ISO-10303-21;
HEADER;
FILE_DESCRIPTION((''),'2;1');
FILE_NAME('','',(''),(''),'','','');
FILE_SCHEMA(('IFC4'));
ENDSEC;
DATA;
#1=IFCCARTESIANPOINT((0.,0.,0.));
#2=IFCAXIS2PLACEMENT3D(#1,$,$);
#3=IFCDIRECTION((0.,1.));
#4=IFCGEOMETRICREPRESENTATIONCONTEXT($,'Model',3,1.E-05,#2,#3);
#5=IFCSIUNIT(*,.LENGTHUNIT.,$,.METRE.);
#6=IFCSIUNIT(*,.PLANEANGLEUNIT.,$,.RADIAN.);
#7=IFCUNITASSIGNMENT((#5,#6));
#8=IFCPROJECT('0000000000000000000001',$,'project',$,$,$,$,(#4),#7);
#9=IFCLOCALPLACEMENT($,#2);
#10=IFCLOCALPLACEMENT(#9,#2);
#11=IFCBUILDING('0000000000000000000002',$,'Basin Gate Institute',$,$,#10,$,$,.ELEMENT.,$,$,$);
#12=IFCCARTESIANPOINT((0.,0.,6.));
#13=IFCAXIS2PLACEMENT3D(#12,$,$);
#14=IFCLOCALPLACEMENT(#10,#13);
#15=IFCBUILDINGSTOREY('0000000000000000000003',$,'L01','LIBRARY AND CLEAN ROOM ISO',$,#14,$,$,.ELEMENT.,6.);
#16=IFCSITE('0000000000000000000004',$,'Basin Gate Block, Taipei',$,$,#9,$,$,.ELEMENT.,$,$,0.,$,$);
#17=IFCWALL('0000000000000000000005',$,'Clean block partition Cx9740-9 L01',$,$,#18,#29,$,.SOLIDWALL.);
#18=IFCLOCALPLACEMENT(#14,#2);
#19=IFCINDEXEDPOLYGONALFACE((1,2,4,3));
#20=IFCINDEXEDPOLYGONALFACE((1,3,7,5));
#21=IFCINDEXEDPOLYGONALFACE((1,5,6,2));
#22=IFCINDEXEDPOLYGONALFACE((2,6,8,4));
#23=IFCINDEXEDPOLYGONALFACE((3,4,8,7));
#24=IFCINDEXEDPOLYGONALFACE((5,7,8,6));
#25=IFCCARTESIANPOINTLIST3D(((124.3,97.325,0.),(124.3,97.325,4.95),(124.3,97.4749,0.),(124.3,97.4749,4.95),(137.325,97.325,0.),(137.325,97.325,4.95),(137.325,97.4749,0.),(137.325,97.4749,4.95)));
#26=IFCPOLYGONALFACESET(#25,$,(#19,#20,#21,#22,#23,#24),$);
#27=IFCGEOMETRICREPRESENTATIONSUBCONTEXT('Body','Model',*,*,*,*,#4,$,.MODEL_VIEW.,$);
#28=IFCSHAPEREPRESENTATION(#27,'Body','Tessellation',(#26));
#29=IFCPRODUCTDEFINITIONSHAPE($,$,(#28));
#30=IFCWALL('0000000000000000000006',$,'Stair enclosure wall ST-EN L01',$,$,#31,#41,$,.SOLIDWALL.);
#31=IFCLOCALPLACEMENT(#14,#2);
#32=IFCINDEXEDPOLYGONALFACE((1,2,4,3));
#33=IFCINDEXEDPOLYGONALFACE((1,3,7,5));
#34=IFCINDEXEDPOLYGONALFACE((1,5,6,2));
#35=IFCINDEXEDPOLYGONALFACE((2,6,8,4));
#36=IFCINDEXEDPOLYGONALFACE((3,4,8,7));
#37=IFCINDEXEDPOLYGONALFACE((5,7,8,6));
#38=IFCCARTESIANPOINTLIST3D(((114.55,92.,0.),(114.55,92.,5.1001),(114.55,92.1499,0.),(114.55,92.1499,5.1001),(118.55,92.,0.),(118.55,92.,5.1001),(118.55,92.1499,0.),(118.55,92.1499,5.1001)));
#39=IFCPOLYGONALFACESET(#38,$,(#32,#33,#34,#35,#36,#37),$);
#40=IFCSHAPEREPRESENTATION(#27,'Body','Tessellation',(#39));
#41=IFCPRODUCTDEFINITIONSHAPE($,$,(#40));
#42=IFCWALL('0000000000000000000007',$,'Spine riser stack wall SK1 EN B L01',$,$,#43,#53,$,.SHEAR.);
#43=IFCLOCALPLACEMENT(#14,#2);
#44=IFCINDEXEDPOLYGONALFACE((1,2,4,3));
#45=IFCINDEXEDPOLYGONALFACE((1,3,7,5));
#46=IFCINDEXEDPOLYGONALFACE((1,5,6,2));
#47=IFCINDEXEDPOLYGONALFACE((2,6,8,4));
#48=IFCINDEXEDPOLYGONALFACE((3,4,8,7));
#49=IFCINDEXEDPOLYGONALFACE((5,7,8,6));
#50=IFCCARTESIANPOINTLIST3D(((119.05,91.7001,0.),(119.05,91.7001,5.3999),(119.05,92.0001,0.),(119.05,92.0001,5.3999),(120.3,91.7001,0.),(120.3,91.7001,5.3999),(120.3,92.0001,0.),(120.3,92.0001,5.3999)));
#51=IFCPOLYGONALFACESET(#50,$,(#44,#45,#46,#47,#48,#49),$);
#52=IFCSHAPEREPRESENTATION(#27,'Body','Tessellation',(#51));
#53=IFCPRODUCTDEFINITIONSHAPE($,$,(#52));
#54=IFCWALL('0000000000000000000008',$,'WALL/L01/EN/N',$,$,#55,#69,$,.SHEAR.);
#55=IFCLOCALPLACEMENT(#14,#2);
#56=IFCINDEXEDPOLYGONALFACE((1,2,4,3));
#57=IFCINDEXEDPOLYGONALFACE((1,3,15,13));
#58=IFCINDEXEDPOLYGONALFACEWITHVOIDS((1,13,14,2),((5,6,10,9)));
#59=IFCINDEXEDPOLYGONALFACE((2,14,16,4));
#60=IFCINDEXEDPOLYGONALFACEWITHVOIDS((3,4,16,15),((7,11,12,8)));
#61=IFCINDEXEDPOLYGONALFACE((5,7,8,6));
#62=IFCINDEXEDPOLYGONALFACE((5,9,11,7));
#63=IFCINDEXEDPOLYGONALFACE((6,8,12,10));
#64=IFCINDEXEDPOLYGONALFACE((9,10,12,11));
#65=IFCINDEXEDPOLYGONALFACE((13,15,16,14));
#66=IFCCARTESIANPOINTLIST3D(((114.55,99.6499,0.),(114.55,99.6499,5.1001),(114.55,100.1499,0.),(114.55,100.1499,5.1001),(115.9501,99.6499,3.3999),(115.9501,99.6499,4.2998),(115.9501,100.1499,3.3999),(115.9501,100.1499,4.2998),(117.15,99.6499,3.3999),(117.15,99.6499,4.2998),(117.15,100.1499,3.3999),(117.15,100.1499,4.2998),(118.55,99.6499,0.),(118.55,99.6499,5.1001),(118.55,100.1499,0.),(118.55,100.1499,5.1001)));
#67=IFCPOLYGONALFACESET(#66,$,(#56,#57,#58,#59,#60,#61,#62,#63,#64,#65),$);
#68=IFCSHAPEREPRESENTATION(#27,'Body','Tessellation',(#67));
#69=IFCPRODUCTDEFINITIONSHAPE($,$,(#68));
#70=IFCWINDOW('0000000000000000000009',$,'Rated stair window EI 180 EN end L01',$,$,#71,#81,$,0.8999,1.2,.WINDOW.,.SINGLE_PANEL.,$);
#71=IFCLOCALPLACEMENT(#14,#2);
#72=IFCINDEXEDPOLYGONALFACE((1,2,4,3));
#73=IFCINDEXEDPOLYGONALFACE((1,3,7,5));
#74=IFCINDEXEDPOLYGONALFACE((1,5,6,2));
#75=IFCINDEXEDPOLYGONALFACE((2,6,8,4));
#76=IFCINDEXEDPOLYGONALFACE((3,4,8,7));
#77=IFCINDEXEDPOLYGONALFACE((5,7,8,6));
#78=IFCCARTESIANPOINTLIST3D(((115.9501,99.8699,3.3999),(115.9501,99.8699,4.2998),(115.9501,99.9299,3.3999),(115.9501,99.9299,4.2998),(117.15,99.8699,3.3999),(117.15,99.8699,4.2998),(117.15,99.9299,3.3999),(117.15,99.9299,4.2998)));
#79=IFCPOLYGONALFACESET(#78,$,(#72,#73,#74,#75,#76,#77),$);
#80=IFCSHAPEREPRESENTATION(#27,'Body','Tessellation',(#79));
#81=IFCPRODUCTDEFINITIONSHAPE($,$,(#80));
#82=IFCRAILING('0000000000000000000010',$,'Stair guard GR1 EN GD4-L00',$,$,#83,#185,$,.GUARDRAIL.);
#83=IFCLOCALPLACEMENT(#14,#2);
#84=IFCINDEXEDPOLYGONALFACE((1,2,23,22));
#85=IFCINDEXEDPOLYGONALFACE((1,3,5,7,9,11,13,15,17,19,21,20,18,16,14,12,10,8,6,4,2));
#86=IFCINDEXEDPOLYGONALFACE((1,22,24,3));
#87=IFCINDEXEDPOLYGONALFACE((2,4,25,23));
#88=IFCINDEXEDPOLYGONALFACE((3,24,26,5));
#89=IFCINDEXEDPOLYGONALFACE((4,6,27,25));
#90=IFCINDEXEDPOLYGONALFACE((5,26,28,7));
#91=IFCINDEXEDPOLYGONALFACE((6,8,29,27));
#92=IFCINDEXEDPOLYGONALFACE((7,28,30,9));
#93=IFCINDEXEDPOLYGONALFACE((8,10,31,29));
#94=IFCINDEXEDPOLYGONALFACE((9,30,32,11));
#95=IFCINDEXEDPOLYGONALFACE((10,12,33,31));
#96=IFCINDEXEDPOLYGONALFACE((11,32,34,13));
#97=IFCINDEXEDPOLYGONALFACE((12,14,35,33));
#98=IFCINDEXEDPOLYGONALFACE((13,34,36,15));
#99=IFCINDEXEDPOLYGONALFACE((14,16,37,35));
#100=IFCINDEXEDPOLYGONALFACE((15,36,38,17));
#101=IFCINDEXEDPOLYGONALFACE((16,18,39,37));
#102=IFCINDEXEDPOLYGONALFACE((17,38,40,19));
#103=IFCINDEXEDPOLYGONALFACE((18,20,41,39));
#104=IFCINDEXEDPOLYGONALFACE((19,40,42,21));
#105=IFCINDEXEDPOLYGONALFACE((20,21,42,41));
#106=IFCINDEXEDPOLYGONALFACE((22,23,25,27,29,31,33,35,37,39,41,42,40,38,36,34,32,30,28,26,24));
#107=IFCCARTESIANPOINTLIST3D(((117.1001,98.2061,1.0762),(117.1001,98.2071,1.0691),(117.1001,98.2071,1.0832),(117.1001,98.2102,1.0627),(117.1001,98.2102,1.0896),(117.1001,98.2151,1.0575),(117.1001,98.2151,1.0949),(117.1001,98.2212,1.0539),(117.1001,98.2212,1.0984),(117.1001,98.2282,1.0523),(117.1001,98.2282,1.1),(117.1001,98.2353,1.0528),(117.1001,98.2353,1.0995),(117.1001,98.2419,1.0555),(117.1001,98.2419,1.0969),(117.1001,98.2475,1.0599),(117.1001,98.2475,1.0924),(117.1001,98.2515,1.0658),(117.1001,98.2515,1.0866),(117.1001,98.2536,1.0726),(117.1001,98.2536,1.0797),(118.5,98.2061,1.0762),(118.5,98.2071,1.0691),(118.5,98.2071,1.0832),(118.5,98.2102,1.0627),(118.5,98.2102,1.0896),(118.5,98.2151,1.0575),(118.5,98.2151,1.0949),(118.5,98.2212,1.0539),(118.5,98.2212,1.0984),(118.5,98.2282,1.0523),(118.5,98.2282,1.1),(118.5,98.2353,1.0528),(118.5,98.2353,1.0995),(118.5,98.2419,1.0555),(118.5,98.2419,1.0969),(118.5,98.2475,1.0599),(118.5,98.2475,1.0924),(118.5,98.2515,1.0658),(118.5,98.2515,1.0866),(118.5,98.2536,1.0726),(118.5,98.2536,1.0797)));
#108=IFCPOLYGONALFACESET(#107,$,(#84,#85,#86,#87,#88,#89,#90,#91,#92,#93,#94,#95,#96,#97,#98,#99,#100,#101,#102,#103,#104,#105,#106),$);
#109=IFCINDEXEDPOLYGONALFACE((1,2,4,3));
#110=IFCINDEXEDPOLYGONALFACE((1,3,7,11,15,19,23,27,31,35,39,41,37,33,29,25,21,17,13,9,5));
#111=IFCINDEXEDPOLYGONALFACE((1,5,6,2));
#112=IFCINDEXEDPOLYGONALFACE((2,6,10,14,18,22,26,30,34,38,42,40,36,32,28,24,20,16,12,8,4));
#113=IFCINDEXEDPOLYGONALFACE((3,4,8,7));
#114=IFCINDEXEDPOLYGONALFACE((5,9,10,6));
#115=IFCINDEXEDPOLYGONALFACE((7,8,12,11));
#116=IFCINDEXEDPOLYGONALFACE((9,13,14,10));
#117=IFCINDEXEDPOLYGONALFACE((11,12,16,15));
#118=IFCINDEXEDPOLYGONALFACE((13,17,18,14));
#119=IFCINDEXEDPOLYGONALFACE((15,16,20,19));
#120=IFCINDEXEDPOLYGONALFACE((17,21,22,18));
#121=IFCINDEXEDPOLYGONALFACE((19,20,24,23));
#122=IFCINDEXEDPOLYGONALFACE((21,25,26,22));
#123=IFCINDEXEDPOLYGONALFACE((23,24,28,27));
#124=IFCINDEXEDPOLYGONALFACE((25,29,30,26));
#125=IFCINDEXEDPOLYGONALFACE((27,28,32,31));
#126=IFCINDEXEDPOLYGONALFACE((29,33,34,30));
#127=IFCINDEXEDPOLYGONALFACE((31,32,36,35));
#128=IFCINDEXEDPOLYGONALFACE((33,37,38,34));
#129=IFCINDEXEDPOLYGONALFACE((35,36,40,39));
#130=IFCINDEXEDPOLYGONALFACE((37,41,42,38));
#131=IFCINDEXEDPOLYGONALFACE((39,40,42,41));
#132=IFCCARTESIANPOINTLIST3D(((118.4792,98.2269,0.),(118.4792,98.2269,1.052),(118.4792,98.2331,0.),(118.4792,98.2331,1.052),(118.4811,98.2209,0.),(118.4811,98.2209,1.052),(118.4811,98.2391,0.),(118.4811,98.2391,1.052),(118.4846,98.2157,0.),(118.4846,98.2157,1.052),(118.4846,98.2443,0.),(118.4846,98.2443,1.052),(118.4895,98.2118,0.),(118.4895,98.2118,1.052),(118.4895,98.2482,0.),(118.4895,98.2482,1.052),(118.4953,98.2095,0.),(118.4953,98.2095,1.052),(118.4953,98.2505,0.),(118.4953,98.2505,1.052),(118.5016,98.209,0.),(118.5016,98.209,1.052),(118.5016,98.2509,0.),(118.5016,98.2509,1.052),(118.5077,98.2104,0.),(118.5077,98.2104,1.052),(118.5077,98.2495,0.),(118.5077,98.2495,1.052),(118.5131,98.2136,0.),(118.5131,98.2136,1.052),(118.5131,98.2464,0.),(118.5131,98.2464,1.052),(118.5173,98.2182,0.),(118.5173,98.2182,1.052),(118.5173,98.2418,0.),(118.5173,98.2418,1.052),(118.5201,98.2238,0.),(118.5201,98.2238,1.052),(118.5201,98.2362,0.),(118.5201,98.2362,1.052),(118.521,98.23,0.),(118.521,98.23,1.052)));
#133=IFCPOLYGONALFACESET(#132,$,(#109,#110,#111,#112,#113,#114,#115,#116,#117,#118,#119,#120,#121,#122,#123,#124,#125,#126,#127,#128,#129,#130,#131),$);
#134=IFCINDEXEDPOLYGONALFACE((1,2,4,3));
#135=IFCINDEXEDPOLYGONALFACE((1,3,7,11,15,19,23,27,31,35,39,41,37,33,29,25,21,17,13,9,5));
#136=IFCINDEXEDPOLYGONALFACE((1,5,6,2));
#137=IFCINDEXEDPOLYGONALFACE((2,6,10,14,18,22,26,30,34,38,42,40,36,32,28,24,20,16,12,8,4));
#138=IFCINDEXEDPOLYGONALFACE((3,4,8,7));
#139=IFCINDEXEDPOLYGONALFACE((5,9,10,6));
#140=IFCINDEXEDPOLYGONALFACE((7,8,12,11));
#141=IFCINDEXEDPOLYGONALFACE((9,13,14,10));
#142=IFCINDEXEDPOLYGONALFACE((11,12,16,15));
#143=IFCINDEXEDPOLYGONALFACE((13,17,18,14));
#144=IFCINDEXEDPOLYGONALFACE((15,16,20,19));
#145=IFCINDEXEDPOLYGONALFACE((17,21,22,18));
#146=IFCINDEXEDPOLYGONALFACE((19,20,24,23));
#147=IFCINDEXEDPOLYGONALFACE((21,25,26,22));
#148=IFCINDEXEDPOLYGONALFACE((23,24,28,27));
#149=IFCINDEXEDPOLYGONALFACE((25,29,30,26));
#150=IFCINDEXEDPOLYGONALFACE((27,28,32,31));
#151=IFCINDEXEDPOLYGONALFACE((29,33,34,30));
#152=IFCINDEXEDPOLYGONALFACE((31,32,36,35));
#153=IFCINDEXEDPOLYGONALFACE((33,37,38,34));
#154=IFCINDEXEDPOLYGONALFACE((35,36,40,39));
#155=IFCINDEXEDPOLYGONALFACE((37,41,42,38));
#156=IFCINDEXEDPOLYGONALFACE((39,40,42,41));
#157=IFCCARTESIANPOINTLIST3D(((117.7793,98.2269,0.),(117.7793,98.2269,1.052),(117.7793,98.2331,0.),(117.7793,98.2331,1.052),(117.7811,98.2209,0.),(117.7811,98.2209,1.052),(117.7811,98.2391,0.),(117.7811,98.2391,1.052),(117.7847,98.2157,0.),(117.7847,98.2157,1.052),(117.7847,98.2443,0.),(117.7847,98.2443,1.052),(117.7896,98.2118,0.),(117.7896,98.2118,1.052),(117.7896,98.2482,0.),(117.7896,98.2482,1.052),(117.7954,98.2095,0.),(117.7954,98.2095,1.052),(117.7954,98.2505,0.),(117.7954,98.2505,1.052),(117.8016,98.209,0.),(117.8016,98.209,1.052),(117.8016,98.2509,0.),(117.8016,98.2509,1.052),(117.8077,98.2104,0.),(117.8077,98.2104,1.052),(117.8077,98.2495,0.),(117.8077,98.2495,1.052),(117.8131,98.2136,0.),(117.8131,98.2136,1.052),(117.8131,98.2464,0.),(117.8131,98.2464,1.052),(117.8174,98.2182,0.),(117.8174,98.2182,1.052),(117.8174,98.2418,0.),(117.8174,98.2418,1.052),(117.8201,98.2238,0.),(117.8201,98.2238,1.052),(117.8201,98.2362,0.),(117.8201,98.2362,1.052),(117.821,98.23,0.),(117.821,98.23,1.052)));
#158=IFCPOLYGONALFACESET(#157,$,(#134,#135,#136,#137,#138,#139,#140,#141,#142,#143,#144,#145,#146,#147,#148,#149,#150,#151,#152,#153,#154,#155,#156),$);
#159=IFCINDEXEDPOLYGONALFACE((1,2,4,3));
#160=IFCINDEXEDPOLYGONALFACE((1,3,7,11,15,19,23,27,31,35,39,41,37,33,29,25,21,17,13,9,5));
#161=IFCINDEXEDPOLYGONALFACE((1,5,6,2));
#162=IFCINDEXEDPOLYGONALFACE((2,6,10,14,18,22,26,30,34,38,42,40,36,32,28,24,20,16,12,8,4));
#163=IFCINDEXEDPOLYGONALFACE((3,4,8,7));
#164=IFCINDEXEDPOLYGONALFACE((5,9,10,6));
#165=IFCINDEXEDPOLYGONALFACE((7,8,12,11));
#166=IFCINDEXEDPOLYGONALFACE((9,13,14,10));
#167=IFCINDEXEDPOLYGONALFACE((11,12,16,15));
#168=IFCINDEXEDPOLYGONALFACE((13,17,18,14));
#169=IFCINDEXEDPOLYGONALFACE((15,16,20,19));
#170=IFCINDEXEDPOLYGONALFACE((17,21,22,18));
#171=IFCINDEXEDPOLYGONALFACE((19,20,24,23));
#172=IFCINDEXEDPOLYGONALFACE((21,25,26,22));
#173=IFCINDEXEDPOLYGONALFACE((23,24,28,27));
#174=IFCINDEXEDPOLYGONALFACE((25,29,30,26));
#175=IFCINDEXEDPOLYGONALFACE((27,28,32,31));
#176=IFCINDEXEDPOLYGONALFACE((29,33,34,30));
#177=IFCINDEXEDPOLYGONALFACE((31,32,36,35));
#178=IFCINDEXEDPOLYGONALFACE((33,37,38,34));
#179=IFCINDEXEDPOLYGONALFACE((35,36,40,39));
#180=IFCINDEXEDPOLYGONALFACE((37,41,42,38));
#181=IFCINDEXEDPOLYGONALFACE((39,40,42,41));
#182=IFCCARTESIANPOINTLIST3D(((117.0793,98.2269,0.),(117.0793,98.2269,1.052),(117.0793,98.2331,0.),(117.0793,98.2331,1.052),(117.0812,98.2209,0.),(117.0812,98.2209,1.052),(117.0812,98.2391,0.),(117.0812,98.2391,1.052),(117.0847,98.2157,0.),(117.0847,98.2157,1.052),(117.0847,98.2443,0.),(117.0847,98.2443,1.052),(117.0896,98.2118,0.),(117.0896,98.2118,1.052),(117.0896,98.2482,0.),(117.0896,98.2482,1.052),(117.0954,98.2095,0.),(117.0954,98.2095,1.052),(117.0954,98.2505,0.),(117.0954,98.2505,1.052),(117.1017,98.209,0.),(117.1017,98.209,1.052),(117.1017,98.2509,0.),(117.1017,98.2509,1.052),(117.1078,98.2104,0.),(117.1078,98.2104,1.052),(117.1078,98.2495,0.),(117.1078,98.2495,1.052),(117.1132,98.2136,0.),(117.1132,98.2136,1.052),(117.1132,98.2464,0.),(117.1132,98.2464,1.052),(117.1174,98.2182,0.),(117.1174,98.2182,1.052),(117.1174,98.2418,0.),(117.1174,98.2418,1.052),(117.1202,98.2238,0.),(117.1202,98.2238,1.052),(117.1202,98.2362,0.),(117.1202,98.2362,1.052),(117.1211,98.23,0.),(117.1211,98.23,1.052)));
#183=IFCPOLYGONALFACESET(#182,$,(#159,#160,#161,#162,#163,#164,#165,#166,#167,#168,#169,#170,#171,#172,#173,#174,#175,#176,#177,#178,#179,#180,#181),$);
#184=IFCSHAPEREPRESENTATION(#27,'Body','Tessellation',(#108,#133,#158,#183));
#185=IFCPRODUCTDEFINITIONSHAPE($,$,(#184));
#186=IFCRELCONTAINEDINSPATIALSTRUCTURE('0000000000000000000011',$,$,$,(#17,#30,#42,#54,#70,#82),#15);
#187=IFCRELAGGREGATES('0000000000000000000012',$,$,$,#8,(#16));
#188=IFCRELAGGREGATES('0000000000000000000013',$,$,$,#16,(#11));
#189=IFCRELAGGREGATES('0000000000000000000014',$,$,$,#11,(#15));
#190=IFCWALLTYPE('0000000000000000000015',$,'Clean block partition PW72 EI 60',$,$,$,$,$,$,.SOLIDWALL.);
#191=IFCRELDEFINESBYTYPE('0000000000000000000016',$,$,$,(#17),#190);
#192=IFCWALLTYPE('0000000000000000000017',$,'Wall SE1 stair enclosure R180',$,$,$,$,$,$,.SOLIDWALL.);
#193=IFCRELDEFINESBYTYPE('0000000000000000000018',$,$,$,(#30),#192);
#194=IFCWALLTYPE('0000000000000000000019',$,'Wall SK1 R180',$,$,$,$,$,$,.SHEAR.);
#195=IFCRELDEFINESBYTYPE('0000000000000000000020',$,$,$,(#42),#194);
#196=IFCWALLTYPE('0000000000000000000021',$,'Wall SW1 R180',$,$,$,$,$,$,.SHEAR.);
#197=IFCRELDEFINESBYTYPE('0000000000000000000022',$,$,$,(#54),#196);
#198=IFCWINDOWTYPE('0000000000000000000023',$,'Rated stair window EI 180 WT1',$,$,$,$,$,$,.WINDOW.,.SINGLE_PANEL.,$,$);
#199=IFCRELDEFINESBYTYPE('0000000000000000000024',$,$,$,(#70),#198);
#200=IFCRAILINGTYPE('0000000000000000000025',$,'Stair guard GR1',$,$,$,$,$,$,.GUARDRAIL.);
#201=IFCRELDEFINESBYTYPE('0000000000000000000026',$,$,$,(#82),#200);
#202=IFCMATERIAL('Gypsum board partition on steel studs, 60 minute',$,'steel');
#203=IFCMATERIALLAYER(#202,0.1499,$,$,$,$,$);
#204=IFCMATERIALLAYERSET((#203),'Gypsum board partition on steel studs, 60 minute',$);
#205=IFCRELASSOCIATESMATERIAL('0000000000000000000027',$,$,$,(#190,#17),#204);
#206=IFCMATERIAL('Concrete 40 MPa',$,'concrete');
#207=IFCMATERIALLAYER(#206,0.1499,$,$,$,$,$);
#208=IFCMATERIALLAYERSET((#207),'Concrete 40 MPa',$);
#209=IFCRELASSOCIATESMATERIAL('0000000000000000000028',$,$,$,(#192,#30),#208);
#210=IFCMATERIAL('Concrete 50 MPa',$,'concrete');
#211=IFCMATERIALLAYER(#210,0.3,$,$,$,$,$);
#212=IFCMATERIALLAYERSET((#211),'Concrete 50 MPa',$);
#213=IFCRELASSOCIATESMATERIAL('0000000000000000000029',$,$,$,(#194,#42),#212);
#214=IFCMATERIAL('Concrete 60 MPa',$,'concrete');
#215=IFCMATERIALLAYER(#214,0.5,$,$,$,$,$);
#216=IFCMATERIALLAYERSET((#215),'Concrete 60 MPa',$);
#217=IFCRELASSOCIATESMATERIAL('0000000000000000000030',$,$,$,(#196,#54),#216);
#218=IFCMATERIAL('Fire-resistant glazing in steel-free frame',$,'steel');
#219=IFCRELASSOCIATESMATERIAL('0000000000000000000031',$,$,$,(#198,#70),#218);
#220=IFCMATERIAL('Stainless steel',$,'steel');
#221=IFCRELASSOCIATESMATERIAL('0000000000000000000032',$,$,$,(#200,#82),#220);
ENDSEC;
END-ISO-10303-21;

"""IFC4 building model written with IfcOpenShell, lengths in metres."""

from ifc_helpers import new_model, si_unit, direction, frame, frame_2d, origin, origin_2d, place, context, subcontext, project, spatial, rectangle, circle, extrude, material, layer, layer_set, type_object, element, fill, save


model = new_model("IFC4")

# Units and contexts
model_context = context("Model", 3, precision=1e-05, world=origin(), true_north=direction((0.0, 1.0)))
body_context = subcontext(model_context, "Body", "Model", "MODEL_VIEW")
ifc_project = project(units=[si_unit("LENGTHUNIT", "METRE"), si_unit("PLANEANGLEUNIT", "RADIAN")], contexts=[model_context])

# Site, building, storey
site_placement = place(None, origin())
site = spatial("IfcSite", under=ifc_project, at=site_placement, Name="Basin Gate Block, Taipei", CompositionType="ELEMENT", RefElevation=0.0)
building_placement = place(site_placement, origin())
building = spatial("IfcBuilding", under=site, at=building_placement, Name="Basin Gate Institute", CompositionType="ELEMENT")
storey_placement = place(building_placement, frame((0.0, 0.0, 6.0)))
storey = spatial("IfcBuildingStorey", under=building, at=storey_placement, Name="L01", Description="LIBRARY AND CLEAN ROOM ISO", CompositionType="ELEMENT", Elevation=6.0)

# Walls
ifc_material_1 = material(Name="Gypsum board partition on steel studs, 60 minute", Category="steel")
ifc_layer_1 = layer(ifc_material_1, 0.1499)
ifc_layer_set_1 = layer_set([ifc_layer_1], Name="Gypsum board partition on steel studs, 60 minute")
wall_type_1 = type_object("IfcWallType", Name="Clean block partition PW72 EI 60", PredefinedType="SOLIDWALL", material=ifc_layer_set_1)
wall_1_placement = place(storey_placement, frame((124.3, 97.3999, 0.0), z_axis=(0.0, 0.0, 1.0), x_axis=(1.0, 0.0, 0.0)))
element("IfcWall", 1, at=wall_1_placement, inside=storey, type_object=wall_type_1, material=ifc_layer_set_1, Name="Clean block partition Cx9740-9 L01", PredefinedType="SOLIDWALL", context=body_context, shape_type="SweptSolid", body=[
    extrude(rectangle(XDim=13.0249, YDim=0.1499, at=frame_2d((6.5125, 0.0))), origin(), (0.0, 0.0, 1.0), 4.95),
])
ifc_material_2 = material(Name="Concrete 40 MPa", Category="concrete")
ifc_layer_2 = layer(ifc_material_2, 0.1499)
ifc_layer_set_2 = layer_set([ifc_layer_2], Name="Concrete 40 MPa")
wall_type_2 = type_object("IfcWallType", Name="Wall SE1 stair enclosure R180", PredefinedType="SOLIDWALL", material=ifc_layer_set_2)
wall_2_placement = place(storey_placement, frame((118.55, 92.075, 0.0), z_axis=(0.0, 0.0, 1.0), x_axis=(-1.0, 0.0, 0.0)))
element("IfcWall", 2, at=wall_2_placement, inside=storey, type_object=wall_type_2, material=ifc_layer_set_2, Name="Stair enclosure wall ST-EN L01", PredefinedType="SOLIDWALL", context=body_context, shape_type="SweptSolid", body=[
    extrude(rectangle(XDim=4.0, YDim=0.1499, at=frame_2d((2.0, 0.0))), origin(), (0.0, 0.0, 1.0), 5.1001),
])
ifc_material_3 = material(Name="Concrete 50 MPa", Category="concrete")
ifc_layer_3 = layer(ifc_material_3, 0.3)
ifc_layer_set_3 = layer_set([ifc_layer_3], Name="Concrete 50 MPa")
wall_type_3 = type_object("IfcWallType", Name="Wall SK1 R180", PredefinedType="SHEAR", material=ifc_layer_set_3)
wall_3_placement = place(storey_placement, frame((119.05, 91.8501, 0.0), z_axis=(0.0, 0.0, 1.0), x_axis=(1.0, 0.0, 0.0)))
element("IfcWall", 3, at=wall_3_placement, inside=storey, type_object=wall_type_3, material=ifc_layer_set_3, Name="Spine riser stack wall SK1 EN B L01", PredefinedType="SHEAR", context=body_context, shape_type="SweptSolid", body=[
    extrude(rectangle(XDim=1.25, YDim=0.3, at=frame_2d((0.625, 0.0))), origin(), (0.0, 0.0, 1.0), 5.3999),
])

# Wall, opening, window
ifc_material_4 = material(Name="Concrete 60 MPa", Category="concrete")
ifc_layer_4 = layer(ifc_material_4, 0.5)
ifc_layer_set_4 = layer_set([ifc_layer_4], Name="Concrete 60 MPa")
wall_type_4 = type_object("IfcWallType", Name="Wall SW1 R180", PredefinedType="SHEAR", material=ifc_layer_set_4)
wall_4_placement = place(storey_placement, frame((118.55, 99.8999, 0.0), z_axis=(0.0, 0.0, 1.0), x_axis=(-1.0, 0.0, 0.0)))
wall_4 = element("IfcWall", 4, at=wall_4_placement, inside=storey, type_object=wall_type_4, material=ifc_layer_set_4, Name="WALL/L01/EN/N", PredefinedType="SHEAR", context=body_context, shape_type="SweptSolid", body=[
    extrude(rectangle(XDim=4.0, YDim=0.5, at=frame_2d((2.0, 0.0))), origin(), (0.0, 0.0, 1.0), 5.1001),
])
opening_1_placement = place(wall_4_placement, frame((1.3999, 0.0, 3.3999)))
opening_1 = element("IfcOpeningElement", 5, at=opening_1_placement, cuts=wall_4, PredefinedType="OPENING", context=body_context, shape_type="SweptSolid", body=[
    extrude(rectangle(XDim=1.2, YDim=0.8999, at=frame_2d((0.6001, 0.45))), frame((0.0, 0.26, 0.0), z_axis=(0.0, -1.0, 0.0), x_axis=(1.0, 0.0, 0.0)), (0.0, 0.0, 1.0), 0.52),
])
ifc_material_5 = material(Name="Fire-resistant glazing in steel-free frame", Category="steel")
window_type = type_object("IfcWindowType", Name="Rated stair window EI 180 WT1", PartitioningType="SINGLE_PANEL", PredefinedType="WINDOW", material=ifc_material_5)
window_placement = place(opening_1_placement, origin())
window = element("IfcWindow", 6, at=window_placement, inside=storey, type_object=window_type, material=ifc_material_5, Name="Rated stair window EI 180 EN end L01", OverallHeight=0.8999, OverallWidth=1.2, PartitioningType="SINGLE_PANEL", PredefinedType="WINDOW", context=body_context, shape_type="SweptSolid", body=[
    extrude(rectangle(XDim=1.2, YDim=0.8999, at=frame_2d((0.6001, 0.45))), frame((0.0, 0.03, 0.0), z_axis=(0.0, -1.0, 0.0), x_axis=(1.0, 0.0, 0.0)), (0.0, 0.0, 1.0), 0.0601),
])
fill(opening_1, window)

# Railing
ifc_material_6 = material(Name="Stainless steel", Category="steel")
railing_type_1 = type_object("IfcRailingType", Name="Stair guard GR1", PredefinedType="GUARDRAIL", material=ifc_material_6)
railing_1_placement = place(storey_placement, frame((118.5, 98.23, 0.0)))
element("IfcRailing", 7, at=railing_1_placement, inside=storey, type_object=railing_type_1, material=ifc_material_6, Name="Stair guard GR1 EN GD4-L00", PredefinedType="GUARDRAIL", context=body_context, shape_type="SweptSolid", body=[
    extrude(circle(Radius=0.0239, at=origin_2d()), frame((0.0, 0.0, 1.0762), z_axis=(-1.0, 0.0, 0.0), x_axis=(0.0, -1.0, 0.0)), (0.0, 0.0, 1.0), 1.3999),
    extrude(circle(Radius=0.021, at=origin_2d()), origin(), (0.0, 0.0, 1.0), 1.052),
    extrude(circle(Radius=0.021, at=origin_2d()), frame((-0.7, 0.0, 0.0)), (0.0, 0.0, 1.0), 1.052),
    extrude(circle(Radius=0.021, at=origin_2d()), frame((-1.3999, 0.0, 0.0)), (0.0, 0.0, 1.0), 1.052),
])

save(model, "model.ifc")
